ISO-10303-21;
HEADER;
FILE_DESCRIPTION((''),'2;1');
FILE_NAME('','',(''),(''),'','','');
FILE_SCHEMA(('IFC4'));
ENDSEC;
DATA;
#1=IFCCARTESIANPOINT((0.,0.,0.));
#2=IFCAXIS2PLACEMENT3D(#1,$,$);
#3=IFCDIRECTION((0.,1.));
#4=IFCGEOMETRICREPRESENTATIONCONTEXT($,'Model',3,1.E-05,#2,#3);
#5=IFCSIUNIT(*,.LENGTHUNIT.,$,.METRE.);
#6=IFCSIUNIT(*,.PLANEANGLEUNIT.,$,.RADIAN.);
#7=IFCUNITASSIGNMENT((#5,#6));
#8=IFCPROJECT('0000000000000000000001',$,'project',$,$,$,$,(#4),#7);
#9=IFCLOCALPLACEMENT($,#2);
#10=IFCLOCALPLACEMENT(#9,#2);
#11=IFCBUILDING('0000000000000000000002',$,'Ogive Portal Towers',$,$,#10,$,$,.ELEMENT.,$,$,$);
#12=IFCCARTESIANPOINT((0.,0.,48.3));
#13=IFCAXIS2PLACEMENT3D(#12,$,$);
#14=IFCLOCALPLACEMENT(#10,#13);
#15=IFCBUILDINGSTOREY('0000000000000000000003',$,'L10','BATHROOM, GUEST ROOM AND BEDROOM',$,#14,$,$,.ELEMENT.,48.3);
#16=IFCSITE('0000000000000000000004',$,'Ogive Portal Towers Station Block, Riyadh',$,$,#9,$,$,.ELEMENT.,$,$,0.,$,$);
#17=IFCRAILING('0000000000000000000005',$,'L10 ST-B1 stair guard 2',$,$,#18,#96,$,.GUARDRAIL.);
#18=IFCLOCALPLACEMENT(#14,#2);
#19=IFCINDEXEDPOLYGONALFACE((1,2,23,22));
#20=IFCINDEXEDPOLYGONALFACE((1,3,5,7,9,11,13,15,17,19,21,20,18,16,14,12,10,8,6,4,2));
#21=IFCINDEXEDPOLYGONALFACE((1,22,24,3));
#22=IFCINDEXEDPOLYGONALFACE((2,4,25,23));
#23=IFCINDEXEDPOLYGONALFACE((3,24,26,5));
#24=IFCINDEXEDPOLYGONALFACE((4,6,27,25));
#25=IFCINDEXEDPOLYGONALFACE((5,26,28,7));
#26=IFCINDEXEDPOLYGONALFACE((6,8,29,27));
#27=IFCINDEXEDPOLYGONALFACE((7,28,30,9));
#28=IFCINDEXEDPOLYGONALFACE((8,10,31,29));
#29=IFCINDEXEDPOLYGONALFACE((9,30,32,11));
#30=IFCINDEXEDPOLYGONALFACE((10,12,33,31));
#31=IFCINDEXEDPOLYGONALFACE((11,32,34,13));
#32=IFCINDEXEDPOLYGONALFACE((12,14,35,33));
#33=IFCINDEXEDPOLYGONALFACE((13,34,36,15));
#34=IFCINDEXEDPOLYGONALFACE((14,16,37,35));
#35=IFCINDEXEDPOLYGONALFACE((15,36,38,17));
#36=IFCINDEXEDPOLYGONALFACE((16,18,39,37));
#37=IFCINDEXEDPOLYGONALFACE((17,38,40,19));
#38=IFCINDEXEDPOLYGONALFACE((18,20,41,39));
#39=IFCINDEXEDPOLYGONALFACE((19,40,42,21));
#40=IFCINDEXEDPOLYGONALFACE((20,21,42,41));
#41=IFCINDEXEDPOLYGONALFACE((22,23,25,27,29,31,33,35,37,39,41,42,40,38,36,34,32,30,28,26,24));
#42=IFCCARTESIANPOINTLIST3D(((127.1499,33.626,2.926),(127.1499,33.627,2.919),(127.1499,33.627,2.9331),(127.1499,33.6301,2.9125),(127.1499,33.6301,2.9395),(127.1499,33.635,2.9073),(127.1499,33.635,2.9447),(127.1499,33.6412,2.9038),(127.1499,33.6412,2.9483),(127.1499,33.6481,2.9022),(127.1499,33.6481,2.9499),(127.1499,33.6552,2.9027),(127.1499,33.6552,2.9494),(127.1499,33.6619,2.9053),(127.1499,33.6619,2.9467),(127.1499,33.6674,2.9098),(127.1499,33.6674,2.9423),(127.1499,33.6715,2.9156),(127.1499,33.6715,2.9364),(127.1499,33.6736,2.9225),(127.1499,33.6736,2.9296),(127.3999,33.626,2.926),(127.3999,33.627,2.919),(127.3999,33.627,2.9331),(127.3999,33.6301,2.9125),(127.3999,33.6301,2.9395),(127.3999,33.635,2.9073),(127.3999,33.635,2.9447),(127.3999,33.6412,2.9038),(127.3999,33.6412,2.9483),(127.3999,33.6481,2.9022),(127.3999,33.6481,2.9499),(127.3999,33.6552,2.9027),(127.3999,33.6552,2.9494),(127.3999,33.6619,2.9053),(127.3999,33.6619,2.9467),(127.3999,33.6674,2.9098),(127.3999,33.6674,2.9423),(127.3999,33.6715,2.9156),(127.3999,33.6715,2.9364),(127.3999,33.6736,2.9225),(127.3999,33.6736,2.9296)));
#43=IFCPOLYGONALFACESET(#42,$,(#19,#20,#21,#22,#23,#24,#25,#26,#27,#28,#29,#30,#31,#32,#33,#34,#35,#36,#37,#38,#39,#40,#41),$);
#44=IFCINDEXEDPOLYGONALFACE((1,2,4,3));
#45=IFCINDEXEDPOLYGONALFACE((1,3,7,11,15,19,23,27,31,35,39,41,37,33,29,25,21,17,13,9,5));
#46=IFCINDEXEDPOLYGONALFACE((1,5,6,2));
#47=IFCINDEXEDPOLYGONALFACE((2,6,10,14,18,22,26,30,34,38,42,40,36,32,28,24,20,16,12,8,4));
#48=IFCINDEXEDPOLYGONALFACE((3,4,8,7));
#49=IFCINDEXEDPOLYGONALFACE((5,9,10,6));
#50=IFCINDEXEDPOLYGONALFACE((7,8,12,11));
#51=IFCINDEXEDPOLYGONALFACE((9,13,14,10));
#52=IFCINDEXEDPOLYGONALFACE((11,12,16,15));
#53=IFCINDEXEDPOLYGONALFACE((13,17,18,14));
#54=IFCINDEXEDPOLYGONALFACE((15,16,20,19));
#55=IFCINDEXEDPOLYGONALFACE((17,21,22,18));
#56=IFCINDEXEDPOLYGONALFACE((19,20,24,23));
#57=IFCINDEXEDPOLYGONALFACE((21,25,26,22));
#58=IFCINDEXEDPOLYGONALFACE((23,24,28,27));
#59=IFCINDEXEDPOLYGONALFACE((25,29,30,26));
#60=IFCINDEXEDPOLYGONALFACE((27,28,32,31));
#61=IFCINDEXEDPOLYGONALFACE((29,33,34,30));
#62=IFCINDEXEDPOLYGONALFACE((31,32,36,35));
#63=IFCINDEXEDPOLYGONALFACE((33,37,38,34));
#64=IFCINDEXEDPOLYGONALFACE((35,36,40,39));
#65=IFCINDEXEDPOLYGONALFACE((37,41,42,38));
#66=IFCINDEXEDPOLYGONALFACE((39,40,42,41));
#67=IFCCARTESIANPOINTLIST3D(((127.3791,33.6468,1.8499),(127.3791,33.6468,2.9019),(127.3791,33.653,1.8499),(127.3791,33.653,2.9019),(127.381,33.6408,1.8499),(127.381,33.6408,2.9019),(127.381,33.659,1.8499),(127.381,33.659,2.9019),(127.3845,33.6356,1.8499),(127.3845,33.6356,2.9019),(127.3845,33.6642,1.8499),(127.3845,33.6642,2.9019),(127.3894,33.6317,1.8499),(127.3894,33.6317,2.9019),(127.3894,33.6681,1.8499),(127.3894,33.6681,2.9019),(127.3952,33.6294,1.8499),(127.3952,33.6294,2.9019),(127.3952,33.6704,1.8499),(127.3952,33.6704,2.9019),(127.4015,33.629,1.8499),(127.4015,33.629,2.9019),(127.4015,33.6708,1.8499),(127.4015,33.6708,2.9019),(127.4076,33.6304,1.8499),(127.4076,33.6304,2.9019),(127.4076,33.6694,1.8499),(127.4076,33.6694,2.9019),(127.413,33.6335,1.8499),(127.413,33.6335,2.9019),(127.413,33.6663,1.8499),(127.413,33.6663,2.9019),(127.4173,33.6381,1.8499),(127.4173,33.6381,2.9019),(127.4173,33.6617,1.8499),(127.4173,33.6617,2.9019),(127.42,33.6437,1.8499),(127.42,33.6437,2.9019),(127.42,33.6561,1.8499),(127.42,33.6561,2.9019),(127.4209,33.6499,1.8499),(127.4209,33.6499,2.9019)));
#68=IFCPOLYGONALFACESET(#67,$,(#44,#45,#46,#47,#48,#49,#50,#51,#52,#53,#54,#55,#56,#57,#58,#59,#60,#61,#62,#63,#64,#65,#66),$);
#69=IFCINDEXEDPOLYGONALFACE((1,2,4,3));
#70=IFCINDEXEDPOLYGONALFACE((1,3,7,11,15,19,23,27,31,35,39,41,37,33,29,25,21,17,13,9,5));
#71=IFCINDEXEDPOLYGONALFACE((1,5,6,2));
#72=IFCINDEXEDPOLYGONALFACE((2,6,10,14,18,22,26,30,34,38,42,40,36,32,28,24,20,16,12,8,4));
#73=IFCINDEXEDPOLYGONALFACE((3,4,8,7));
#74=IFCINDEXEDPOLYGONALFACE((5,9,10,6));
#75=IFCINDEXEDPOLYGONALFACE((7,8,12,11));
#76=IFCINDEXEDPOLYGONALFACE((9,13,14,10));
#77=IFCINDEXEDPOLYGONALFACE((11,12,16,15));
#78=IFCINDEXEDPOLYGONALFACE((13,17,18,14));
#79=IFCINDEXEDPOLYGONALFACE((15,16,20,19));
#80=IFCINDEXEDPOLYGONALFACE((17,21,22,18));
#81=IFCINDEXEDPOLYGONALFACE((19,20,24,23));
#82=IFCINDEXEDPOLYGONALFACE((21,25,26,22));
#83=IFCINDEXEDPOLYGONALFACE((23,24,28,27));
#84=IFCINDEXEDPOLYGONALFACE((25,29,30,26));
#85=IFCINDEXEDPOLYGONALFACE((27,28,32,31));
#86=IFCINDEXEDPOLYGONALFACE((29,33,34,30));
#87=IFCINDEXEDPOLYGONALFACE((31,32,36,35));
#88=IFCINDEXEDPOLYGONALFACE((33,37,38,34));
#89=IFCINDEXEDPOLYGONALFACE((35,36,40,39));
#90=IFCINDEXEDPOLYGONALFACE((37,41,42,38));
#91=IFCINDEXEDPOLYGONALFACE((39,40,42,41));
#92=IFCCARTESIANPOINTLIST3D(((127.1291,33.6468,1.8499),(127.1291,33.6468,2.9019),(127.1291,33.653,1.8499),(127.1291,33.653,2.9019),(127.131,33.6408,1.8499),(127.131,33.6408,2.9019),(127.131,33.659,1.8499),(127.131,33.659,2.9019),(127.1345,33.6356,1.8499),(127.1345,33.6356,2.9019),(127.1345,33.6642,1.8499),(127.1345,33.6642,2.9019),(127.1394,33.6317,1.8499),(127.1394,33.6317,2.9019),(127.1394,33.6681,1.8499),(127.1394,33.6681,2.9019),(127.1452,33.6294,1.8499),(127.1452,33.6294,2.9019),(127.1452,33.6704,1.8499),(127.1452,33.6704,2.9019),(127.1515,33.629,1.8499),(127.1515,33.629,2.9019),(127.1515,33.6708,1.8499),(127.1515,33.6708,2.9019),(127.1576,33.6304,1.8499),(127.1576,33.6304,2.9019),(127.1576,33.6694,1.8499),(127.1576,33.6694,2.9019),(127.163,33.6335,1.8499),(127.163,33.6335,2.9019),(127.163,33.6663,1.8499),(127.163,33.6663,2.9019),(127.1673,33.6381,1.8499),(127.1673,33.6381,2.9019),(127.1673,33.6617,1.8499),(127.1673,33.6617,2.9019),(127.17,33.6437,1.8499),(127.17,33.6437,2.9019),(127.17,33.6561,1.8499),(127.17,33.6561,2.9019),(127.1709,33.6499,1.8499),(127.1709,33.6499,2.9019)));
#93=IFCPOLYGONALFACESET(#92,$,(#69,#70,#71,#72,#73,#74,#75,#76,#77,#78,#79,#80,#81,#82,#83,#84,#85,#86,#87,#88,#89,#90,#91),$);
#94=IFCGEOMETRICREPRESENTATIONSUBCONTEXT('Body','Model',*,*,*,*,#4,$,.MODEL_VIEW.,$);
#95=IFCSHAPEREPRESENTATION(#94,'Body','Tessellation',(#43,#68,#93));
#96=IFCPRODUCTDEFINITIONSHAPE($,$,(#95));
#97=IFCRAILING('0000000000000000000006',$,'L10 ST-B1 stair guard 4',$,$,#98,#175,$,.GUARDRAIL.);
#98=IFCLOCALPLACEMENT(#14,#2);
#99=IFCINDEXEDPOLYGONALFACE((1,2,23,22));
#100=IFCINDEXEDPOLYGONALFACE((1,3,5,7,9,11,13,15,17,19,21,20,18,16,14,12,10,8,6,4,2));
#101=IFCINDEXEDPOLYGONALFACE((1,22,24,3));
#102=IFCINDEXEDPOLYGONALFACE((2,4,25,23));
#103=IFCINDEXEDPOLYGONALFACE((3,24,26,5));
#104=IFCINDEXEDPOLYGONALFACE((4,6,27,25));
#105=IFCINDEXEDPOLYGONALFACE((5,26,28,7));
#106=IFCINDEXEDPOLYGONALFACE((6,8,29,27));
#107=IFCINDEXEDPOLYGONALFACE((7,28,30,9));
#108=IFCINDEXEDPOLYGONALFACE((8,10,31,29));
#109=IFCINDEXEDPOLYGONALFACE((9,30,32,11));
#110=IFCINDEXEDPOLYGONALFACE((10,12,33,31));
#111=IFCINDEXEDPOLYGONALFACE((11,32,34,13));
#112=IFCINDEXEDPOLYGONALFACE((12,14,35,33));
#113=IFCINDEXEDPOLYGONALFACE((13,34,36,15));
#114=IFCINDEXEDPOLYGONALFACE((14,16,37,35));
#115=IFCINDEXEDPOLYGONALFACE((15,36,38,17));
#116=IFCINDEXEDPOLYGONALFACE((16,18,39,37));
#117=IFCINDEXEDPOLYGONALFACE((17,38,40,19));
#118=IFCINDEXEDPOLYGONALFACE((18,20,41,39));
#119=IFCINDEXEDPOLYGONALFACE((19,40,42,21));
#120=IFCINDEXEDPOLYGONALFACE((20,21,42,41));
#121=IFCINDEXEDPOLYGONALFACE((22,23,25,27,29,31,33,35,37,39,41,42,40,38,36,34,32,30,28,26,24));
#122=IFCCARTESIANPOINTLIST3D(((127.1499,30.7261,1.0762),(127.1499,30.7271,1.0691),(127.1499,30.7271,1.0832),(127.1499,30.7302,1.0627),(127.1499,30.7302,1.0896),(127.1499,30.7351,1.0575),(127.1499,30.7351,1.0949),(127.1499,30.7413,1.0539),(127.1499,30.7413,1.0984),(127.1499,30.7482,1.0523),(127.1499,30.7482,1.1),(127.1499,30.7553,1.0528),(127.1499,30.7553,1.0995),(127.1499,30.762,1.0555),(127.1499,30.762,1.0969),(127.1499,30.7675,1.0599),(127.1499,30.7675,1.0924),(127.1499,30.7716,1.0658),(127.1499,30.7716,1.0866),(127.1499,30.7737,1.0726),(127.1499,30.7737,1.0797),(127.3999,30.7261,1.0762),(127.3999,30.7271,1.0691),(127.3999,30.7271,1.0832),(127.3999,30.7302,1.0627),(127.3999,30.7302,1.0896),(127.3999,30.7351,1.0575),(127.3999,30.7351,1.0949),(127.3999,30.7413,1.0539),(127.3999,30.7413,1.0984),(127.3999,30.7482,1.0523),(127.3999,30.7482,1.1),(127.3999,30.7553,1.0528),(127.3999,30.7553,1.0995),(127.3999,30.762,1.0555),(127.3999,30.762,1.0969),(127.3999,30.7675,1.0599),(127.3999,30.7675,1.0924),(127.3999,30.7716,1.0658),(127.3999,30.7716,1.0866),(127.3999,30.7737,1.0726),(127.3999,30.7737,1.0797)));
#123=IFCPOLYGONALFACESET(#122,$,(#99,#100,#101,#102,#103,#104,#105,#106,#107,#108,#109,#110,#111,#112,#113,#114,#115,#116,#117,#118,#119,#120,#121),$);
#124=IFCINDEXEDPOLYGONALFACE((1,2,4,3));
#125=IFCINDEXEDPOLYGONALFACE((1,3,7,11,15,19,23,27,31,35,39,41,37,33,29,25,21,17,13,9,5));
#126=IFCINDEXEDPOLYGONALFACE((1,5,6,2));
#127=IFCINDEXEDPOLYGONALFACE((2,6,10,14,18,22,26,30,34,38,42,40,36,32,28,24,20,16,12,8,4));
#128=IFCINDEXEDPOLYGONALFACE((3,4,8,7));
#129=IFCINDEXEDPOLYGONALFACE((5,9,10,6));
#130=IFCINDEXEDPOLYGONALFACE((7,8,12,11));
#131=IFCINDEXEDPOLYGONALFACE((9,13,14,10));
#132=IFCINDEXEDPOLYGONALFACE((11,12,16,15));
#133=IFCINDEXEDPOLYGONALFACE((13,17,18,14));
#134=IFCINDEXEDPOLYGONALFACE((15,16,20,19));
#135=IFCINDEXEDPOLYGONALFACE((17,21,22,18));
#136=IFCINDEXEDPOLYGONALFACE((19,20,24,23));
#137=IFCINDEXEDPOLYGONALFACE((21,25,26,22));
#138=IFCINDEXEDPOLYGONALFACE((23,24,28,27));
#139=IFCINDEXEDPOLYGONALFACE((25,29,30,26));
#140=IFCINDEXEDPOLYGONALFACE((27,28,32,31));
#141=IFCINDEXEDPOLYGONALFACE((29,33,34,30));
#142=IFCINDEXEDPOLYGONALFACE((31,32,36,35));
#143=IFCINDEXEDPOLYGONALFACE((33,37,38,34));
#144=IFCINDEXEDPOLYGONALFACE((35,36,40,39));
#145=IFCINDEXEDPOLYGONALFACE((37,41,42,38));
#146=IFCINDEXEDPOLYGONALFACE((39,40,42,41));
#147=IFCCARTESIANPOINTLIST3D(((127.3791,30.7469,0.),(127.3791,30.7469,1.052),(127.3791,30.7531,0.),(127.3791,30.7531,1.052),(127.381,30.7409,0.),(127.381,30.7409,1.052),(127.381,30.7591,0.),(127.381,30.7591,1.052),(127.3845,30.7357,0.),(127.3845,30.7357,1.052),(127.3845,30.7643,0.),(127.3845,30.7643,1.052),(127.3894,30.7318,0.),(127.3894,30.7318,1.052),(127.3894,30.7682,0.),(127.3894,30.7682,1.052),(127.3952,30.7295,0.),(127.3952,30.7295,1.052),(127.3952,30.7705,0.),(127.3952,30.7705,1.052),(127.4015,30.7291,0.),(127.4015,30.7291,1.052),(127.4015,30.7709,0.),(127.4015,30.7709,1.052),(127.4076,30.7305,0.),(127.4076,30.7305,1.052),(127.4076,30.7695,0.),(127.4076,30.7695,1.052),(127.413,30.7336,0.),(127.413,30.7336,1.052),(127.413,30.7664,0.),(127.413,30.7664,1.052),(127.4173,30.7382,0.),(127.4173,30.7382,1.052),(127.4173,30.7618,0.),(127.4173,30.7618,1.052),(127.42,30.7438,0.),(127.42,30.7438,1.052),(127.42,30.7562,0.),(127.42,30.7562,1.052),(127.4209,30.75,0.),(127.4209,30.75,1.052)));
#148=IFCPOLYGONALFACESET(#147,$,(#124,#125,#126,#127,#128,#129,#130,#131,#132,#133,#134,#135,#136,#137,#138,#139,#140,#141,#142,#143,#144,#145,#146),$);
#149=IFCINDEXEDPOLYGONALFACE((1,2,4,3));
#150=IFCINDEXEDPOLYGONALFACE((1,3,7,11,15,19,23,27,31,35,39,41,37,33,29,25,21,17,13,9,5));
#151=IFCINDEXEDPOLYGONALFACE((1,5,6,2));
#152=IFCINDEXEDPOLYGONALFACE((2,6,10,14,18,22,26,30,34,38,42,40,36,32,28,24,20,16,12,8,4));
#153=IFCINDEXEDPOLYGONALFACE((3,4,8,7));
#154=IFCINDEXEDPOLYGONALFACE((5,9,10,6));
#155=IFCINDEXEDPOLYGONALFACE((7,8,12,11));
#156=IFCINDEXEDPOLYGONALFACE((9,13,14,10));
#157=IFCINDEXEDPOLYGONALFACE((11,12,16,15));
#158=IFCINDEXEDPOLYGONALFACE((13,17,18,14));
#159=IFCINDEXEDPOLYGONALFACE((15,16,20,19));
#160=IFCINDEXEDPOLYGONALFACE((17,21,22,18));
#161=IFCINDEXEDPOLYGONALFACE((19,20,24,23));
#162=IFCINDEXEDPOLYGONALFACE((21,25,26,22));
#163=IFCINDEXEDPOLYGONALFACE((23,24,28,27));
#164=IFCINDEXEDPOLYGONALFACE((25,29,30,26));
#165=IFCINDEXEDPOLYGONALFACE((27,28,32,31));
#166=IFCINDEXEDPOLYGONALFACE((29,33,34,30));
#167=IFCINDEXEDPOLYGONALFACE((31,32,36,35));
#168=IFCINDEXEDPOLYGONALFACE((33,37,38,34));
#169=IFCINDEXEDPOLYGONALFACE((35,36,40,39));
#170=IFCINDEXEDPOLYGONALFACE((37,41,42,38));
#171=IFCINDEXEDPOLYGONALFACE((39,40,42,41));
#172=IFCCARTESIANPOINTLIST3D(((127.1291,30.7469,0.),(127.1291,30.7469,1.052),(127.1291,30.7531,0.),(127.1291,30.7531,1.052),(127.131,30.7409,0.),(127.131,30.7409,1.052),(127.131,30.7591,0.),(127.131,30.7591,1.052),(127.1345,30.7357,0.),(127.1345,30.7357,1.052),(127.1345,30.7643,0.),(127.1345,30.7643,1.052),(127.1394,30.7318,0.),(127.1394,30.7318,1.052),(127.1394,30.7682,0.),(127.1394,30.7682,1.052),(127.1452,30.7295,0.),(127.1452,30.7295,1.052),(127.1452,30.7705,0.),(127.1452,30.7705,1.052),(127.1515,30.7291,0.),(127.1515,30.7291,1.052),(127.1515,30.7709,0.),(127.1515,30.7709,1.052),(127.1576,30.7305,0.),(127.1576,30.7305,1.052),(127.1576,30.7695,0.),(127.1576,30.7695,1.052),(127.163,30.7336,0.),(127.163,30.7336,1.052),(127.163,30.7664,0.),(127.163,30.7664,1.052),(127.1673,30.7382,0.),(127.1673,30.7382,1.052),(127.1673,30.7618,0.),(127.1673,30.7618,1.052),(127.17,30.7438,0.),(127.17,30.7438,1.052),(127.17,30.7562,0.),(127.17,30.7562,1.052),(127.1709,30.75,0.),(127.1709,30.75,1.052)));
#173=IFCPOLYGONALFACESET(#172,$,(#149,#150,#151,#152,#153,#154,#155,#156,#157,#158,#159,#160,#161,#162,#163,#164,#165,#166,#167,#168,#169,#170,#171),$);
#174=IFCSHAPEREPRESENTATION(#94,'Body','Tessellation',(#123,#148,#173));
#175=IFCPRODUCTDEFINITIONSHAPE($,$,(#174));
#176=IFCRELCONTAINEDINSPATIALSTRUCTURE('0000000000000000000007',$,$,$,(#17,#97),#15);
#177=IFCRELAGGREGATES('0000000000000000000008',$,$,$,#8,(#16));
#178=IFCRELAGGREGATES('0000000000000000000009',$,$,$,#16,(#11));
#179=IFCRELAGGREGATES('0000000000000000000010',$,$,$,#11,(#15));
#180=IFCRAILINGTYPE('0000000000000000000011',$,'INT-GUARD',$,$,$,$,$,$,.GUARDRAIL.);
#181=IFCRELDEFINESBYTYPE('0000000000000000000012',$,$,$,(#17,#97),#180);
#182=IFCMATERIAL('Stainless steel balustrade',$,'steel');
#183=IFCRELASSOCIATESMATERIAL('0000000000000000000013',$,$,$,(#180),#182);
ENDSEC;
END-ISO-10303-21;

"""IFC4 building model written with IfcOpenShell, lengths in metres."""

from ifc_helpers import new_model, si_unit, direction, frame, origin, origin_2d, place, context, subcontext, project, spatial, circle, extrude, material, type_object, element, save


model = new_model("IFC4")

# Units and contexts
model_context = context("Model", 3, precision=1e-05, world=origin(), true_north=direction((0.0, 1.0)))
body_context = subcontext(model_context, "Body", "Model", "MODEL_VIEW")
ifc_project = project(units=[si_unit("LENGTHUNIT", "METRE"), si_unit("PLANEANGLEUNIT", "RADIAN")], contexts=[model_context])

# Site, building, storey
site_placement = place(None, origin())
site = spatial("IfcSite", under=ifc_project, at=site_placement, Name="Ogive Portal Towers Station Block, Riyadh", CompositionType="ELEMENT", RefElevation=0.0)
building_placement = place(site_placement, origin())
building = spatial("IfcBuilding", under=site, at=building_placement, Name="Ogive Portal Towers", CompositionType="ELEMENT")
storey_placement = place(building_placement, frame((0.0, 0.0, 48.3)))
storey = spatial("IfcBuildingStorey", under=building, at=storey_placement, Name="L10", Description="BATHROOM, GUEST ROOM AND BEDROOM", CompositionType="ELEMENT", Elevation=48.3)

# Railings
ifc_material_1 = material(Name="Stainless steel balustrade", Category="steel")
railing_type_1 = type_object("IfcRailingType", Name="INT-GUARD", PredefinedType="GUARDRAIL", material=ifc_material_1)
for number, where, name in (
    (1, (127.3999, 33.6499, 1.8499), "L10 ST-B1 stair guard 2"),
    (2, (127.3999, 30.75, 0.0), "L10 ST-B1 stair guard 4"),
):
    element("IfcRailing", number, at=place(storey_placement, frame(where)), inside=storey, type_object=railing_type_1, Name=name, PredefinedType="GUARDRAIL", context=body_context, shape_type="SweptSolid", body=[
        extrude(circle(Radius=0.0239, at=origin_2d()), frame((0.0, 0.0, 1.0762), z_axis=(-1.0, 0.0, 0.0), x_axis=(0.0, -1.0, 0.0)), (0.0, 0.0, 1.0), 0.25),
        extrude(circle(Radius=0.021, at=origin_2d()), origin(), (0.0, 0.0, 1.0), 1.052),
        extrude(circle(Radius=0.021, at=origin_2d()), frame((-0.25, 0.0, 0.0)), (0.0, 0.0, 1.0), 1.052),
    ])

save(model, "model.ifc")
